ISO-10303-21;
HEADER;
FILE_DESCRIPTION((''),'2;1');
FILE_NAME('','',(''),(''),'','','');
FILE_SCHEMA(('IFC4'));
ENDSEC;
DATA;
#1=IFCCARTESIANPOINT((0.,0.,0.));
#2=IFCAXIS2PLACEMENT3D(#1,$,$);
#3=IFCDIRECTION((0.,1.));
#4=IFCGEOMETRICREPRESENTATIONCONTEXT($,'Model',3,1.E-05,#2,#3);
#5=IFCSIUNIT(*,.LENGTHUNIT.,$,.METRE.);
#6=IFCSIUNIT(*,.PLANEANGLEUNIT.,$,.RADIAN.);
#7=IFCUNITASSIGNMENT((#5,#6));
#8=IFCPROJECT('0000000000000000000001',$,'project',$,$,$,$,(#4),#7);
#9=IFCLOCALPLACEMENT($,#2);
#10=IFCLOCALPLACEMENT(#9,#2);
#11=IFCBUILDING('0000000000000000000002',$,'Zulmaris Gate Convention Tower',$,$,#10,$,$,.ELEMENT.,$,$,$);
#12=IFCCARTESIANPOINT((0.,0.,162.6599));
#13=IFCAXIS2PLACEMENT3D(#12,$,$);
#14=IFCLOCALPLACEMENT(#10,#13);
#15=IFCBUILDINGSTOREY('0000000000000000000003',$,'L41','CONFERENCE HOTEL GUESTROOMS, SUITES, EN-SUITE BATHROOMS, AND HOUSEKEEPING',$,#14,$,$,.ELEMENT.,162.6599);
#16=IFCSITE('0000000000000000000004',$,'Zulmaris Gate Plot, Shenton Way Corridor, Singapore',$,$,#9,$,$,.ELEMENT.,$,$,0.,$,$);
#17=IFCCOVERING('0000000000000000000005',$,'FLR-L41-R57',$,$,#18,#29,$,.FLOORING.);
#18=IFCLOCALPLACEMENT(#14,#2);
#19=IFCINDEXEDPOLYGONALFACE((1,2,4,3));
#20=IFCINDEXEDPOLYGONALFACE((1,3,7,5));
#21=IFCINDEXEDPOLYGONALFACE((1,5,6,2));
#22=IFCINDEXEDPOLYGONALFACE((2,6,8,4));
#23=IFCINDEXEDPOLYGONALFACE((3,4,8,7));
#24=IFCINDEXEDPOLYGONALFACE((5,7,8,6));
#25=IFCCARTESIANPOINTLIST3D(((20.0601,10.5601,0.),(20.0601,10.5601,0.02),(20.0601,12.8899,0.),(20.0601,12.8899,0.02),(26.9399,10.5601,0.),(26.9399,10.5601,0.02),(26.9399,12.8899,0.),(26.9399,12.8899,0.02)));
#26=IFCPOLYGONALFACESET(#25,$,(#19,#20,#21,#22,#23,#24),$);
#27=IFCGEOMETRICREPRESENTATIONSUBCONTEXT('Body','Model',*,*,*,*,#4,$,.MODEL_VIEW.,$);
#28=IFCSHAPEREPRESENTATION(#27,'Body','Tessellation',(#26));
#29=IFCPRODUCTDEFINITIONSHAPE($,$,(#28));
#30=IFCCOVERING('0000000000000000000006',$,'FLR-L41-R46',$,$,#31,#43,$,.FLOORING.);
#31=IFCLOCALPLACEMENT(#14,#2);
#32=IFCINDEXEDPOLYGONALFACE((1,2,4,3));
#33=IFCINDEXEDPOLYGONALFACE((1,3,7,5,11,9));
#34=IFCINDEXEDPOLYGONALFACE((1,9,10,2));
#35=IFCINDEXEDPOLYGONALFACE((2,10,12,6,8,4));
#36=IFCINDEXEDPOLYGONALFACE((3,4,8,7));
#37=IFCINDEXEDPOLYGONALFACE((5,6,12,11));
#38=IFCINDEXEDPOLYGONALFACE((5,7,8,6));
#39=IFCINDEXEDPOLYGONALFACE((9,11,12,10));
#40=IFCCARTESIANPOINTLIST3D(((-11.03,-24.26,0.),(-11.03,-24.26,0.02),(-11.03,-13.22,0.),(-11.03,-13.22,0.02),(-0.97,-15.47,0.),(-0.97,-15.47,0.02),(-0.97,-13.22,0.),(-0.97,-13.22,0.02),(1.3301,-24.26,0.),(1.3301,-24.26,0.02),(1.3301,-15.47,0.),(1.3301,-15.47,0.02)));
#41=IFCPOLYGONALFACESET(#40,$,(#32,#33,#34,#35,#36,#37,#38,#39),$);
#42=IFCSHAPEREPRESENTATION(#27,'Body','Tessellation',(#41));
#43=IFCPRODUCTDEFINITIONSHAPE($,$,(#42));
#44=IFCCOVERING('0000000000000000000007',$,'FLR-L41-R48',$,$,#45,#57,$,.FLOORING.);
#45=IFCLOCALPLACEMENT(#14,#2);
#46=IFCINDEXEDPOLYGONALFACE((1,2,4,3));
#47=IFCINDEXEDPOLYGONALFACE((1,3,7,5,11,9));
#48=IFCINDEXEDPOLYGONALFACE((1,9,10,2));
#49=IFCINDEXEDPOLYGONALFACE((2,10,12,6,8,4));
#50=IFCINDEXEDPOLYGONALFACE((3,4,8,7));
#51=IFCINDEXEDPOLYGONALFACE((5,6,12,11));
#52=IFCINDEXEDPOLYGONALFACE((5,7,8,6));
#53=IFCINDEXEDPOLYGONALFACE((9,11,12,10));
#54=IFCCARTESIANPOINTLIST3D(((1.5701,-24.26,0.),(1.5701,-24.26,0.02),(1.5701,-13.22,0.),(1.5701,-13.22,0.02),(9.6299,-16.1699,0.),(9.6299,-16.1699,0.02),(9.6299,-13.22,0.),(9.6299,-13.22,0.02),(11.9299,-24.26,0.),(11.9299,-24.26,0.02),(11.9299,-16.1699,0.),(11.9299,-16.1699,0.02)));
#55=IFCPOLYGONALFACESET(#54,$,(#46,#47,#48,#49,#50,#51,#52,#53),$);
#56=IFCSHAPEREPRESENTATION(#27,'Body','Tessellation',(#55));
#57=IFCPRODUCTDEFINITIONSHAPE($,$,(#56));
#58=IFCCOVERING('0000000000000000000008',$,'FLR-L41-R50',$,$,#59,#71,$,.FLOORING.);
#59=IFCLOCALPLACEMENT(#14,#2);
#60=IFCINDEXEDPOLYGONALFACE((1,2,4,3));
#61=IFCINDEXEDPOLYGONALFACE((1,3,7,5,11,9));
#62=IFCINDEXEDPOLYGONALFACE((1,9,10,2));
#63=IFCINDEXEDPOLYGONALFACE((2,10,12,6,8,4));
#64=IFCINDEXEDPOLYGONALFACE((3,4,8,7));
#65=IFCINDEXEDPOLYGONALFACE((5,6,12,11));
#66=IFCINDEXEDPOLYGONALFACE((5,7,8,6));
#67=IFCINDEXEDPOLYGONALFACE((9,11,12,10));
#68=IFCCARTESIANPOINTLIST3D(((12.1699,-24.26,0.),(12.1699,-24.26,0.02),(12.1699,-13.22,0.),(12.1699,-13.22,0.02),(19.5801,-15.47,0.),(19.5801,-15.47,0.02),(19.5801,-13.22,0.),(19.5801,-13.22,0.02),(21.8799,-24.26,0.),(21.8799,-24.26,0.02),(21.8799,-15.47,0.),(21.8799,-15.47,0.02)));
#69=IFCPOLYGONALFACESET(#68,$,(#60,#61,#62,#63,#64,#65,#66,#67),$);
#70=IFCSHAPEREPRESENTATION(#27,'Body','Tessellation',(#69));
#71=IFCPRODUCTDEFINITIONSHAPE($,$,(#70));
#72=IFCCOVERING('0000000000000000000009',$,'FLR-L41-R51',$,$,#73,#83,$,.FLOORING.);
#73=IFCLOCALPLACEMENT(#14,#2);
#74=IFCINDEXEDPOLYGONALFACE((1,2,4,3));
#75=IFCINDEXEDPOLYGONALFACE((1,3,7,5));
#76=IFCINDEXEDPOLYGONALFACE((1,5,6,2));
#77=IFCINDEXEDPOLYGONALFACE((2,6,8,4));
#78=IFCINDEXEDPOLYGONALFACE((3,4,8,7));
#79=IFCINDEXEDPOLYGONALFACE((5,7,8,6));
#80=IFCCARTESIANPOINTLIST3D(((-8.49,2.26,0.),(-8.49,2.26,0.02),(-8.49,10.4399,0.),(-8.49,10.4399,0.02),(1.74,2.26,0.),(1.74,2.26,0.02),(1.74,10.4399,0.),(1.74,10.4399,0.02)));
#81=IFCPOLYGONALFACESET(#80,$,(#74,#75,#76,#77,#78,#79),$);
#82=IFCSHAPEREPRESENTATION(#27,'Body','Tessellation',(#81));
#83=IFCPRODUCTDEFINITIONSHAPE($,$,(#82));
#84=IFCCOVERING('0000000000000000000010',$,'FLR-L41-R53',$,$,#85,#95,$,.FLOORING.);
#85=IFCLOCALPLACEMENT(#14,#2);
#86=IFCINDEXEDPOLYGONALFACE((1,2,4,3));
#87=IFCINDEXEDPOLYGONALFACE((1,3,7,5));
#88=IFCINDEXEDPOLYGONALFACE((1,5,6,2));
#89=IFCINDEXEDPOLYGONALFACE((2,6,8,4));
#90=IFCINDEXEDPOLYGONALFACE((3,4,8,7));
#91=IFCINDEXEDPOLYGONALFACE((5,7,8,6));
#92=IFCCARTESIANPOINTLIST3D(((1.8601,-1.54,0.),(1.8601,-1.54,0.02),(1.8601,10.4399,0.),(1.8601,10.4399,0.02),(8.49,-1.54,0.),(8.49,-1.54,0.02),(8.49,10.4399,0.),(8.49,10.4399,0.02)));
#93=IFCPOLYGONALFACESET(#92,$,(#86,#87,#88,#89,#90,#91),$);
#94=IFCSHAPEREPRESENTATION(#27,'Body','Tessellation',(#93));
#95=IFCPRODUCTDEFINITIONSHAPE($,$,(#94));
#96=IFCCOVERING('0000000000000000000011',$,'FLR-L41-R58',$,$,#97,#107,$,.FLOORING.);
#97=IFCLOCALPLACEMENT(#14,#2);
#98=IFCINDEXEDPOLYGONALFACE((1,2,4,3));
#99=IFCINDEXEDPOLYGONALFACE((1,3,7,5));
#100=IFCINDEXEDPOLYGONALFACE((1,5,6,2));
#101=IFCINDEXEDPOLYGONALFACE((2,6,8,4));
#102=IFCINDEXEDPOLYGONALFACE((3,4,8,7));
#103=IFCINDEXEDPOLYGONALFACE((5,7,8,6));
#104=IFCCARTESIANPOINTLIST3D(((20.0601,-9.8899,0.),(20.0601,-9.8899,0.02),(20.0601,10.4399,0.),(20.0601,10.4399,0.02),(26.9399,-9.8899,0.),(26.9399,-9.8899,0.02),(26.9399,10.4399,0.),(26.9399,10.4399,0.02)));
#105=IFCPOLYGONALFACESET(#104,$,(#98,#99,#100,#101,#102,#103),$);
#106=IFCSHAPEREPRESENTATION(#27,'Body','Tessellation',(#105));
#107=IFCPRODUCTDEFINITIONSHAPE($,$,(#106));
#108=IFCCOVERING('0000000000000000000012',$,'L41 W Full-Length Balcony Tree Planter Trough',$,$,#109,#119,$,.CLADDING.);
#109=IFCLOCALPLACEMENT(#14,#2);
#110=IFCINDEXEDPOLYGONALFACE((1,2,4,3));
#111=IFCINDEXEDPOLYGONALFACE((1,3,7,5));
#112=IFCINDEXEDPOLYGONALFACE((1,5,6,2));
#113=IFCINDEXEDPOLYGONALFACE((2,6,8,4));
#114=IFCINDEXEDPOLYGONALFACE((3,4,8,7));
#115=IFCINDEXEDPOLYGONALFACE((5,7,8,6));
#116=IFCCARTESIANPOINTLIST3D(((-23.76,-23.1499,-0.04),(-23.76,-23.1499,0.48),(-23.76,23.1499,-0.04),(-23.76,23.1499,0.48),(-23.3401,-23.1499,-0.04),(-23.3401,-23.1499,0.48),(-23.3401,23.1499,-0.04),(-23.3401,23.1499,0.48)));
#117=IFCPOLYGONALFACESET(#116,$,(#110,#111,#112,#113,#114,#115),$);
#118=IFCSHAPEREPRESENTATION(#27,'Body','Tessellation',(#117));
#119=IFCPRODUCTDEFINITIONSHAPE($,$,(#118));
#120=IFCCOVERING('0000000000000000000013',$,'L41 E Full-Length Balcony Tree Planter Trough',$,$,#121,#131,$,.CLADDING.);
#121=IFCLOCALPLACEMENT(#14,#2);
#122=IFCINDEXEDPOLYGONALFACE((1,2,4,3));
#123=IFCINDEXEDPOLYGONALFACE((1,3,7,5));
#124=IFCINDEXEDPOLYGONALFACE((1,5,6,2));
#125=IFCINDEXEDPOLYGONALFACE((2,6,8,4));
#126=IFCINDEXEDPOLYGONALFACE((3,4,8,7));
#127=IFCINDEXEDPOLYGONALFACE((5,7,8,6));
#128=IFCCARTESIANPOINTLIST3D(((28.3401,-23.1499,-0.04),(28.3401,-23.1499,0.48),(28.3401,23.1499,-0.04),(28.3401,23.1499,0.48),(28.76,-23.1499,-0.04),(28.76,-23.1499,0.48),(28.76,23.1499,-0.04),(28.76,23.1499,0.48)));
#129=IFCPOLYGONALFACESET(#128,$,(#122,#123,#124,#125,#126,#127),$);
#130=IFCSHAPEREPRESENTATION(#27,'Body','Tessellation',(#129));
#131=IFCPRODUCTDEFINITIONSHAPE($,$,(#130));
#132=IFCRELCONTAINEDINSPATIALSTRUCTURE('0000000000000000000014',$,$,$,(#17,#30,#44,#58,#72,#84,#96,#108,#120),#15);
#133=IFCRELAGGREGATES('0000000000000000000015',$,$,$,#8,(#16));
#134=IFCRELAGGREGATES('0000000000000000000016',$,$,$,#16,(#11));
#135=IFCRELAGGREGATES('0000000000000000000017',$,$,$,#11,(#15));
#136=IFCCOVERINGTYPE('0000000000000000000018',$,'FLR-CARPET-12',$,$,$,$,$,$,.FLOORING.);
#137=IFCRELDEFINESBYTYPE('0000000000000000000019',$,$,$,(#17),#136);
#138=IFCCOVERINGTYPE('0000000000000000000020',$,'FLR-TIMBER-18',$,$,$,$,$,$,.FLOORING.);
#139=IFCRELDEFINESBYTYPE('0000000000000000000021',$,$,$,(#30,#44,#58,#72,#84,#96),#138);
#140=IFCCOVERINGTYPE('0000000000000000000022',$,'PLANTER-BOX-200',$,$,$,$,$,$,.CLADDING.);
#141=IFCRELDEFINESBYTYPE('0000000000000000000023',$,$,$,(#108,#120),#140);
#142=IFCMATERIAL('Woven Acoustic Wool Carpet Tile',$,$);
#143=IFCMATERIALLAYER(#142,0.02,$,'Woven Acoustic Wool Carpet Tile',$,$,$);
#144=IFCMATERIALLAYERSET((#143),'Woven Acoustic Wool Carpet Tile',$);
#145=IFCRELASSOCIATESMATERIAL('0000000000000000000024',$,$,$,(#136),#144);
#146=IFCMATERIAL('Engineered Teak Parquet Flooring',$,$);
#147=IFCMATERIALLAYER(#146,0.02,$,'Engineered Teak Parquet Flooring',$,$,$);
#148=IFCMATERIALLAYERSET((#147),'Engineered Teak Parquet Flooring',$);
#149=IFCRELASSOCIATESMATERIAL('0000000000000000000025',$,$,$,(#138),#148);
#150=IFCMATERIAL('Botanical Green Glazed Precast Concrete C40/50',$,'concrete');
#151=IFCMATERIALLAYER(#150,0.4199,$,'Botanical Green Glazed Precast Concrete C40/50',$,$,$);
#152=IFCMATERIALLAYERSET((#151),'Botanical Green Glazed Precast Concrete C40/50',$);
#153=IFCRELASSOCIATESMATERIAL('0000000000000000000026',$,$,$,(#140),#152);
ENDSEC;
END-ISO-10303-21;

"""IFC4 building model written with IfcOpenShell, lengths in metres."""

from ifc_helpers import new_model, si_unit, direction, frame, origin, place, context, subcontext, project, spatial, polyline, outline, extrude, material, layer, layer_set, type_object, element, save


model = new_model("IFC4")

# Units and contexts
model_context = context("Model", 3, precision=1e-05, world=origin(), true_north=direction((0.0, 1.0)))
body_context = subcontext(model_context, "Body", "Model", "MODEL_VIEW")
ifc_project = project(units=[si_unit("LENGTHUNIT", "METRE"), si_unit("PLANEANGLEUNIT", "RADIAN")], contexts=[model_context])

# Site, building, storey
site_placement = place(None, origin())
site = spatial("IfcSite", under=ifc_project, at=site_placement, Name="Zulmaris Gate Plot, Shenton Way Corridor, Singapore", CompositionType="ELEMENT", RefElevation=0.0)
building_placement = place(site_placement, origin())
building = spatial("IfcBuilding", under=site, at=building_placement, Name="Zulmaris Gate Convention Tower", CompositionType="ELEMENT")
storey_placement = place(building_placement, frame((0.0, 0.0, 162.6599)))
storey = spatial("IfcBuildingStorey", under=building, at=storey_placement, Name="L41", Description="CONFERENCE HOTEL GUESTROOMS, SUITES, EN-SUITE BATHROOMS, AND HOUSEKEEPING", CompositionType="ELEMENT", Elevation=162.6599)

# Coverings
ifc_material_1 = material(Name="Woven Acoustic Wool Carpet Tile")
ifc_layer_1 = layer(ifc_material_1, 0.02, Name="Woven Acoustic Wool Carpet Tile")
ifc_layer_set_1 = layer_set([ifc_layer_1], Name="Woven Acoustic Wool Carpet Tile")
covering_type_1 = type_object("IfcCoveringType", Name="FLR-CARPET-12", PredefinedType="FLOORING", material=ifc_layer_set_1)
covering_1_placement = place(storey_placement, origin())
element("IfcCovering", 1, at=covering_1_placement, inside=storey, type_object=covering_type_1, Name="FLR-L41-R57", PredefinedType="FLOORING", context=body_context, shape_type="SweptSolid", body=[
    extrude(outline(polyline([(20.0601, 10.5601), (26.9399, 10.5601), (26.9399, 12.8899), (20.0601, 12.8899), (20.0601, 10.5601)])), origin(), (0.0, 0.0, 1.0), 0.02),
])
ifc_material_2 = material(Name="Engineered Teak Parquet Flooring")
ifc_layer_2 = layer(ifc_material_2, 0.02, Name="Engineered Teak Parquet Flooring")
ifc_layer_set_2 = layer_set([ifc_layer_2], Name="Engineered Teak Parquet Flooring")
covering_type_2 = type_object("IfcCoveringType", Name="FLR-TIMBER-18", PredefinedType="FLOORING", material=ifc_layer_set_2)
covering_2_placement = place(storey_placement, origin())
element("IfcCovering", 2, at=covering_2_placement, inside=storey, type_object=covering_type_2, Name="FLR-L41-R46", PredefinedType="FLOORING", context=body_context, shape_type="SweptSolid", body=[
    extrude(outline(polyline([(-11.03, -24.26), (1.3301, -24.26), (1.3301, -15.47), (-0.97, -15.47), (-0.97, -13.22), (-11.03, -13.22), (-11.03, -24.26)])), origin(), (0.0, 0.0, 1.0), 0.02),
])
covering_3_placement = place(storey_placement, origin())
element("IfcCovering", 3, at=covering_3_placement, inside=storey, type_object=covering_type_2, Name="FLR-L41-R48", PredefinedType="FLOORING", context=body_context, shape_type="SweptSolid", body=[
    extrude(outline(polyline([(1.5701, -24.26), (11.9299, -24.26), (11.9299, -16.1699), (9.6299, -16.1699), (9.6299, -13.22), (1.5701, -13.22), (1.5701, -24.26)])), origin(), (0.0, 0.0, 1.0), 0.02),
])
covering_4_placement = place(storey_placement, origin())
element("IfcCovering", 4, at=covering_4_placement, inside=storey, type_object=covering_type_2, Name="FLR-L41-R50", PredefinedType="FLOORING", context=body_context, shape_type="SweptSolid", body=[
    extrude(outline(polyline([(12.1699, -24.26), (21.8799, -24.26), (21.8799, -15.47), (19.5801, -15.47), (19.5801, -13.22), (12.1699, -13.22), (12.1699, -24.26)])), origin(), (0.0, 0.0, 1.0), 0.02),
])
covering_5_placement = place(storey_placement, origin())
element("IfcCovering", 5, at=covering_5_placement, inside=storey, type_object=covering_type_2, Name="FLR-L41-R51", PredefinedType="FLOORING", context=body_context, shape_type="SweptSolid", body=[
    extrude(outline(polyline([(-8.49, 2.26), (1.74, 2.26), (1.74, 10.4399), (-8.49, 10.4399), (-8.49, 2.26)])), origin(), (0.0, 0.0, 1.0), 0.02),
])
covering_6_placement = place(storey_placement, origin())
element("IfcCovering", 6, at=covering_6_placement, inside=storey, type_object=covering_type_2, Name="FLR-L41-R53", PredefinedType="FLOORING", context=body_context, shape_type="SweptSolid", body=[
    extrude(outline(polyline([(1.8601, -1.54), (8.49, -1.54), (8.49, 10.4399), (1.8601, 10.4399), (1.8601, -1.54)])), origin(), (0.0, 0.0, 1.0), 0.02),
])
covering_7_placement = place(storey_placement, origin())
element("IfcCovering", 7, at=covering_7_placement, inside=storey, type_object=covering_type_2, Name="FLR-L41-R58", PredefinedType="FLOORING", context=body_context, shape_type="SweptSolid", body=[
    extrude(outline(polyline([(20.0601, -9.8899), (26.9399, -9.8899), (26.9399, 10.4399), (20.0601, 10.4399), (20.0601, -9.8899)])), origin(), (0.0, 0.0, 1.0), 0.02),
])
ifc_material_3 = material(Name="Botanical Green Glazed Precast Concrete C40/50", Category="concrete")
ifc_layer_3 = layer(ifc_material_3, 0.4199, Name="Botanical Green Glazed Precast Concrete C40/50")
ifc_layer_set_3 = layer_set([ifc_layer_3], Name="Botanical Green Glazed Precast Concrete C40/50")
covering_type_3 = type_object("IfcCoveringType", Name="PLANTER-BOX-200", PredefinedType="CLADDING", material=ifc_layer_set_3)
covering_8_placement = place(storey_placement, frame((0.0, 0.0, -0.04)))
element("IfcCovering", 8, at=covering_8_placement, inside=storey, type_object=covering_type_3, Name="L41 W Full-Length Balcony Tree Planter Trough", PredefinedType="CLADDING", context=body_context, shape_type="SweptSolid", body=[
    extrude(outline(polyline([(-23.76, -23.1499), (-23.3401, -23.1499), (-23.3401, 23.1499), (-23.76, 23.1499), (-23.76, -23.1499)])), origin(), (0.0, 0.0, 1.0), 0.52),
])
covering_9_placement = place(storey_placement, frame((0.0, 0.0, -0.04)))
element("IfcCovering", 9, at=covering_9_placement, inside=storey, type_object=covering_type_3, Name="L41 E Full-Length Balcony Tree Planter Trough", PredefinedType="CLADDING", context=body_context, shape_type="SweptSolid", body=[
    extrude(outline(polyline([(28.3401, -23.1499), (28.76, -23.1499), (28.76, 23.1499), (28.3401, 23.1499), (28.3401, -23.1499)])), origin(), (0.0, 0.0, 1.0), 0.52),
])

save(model, "model.ifc")
